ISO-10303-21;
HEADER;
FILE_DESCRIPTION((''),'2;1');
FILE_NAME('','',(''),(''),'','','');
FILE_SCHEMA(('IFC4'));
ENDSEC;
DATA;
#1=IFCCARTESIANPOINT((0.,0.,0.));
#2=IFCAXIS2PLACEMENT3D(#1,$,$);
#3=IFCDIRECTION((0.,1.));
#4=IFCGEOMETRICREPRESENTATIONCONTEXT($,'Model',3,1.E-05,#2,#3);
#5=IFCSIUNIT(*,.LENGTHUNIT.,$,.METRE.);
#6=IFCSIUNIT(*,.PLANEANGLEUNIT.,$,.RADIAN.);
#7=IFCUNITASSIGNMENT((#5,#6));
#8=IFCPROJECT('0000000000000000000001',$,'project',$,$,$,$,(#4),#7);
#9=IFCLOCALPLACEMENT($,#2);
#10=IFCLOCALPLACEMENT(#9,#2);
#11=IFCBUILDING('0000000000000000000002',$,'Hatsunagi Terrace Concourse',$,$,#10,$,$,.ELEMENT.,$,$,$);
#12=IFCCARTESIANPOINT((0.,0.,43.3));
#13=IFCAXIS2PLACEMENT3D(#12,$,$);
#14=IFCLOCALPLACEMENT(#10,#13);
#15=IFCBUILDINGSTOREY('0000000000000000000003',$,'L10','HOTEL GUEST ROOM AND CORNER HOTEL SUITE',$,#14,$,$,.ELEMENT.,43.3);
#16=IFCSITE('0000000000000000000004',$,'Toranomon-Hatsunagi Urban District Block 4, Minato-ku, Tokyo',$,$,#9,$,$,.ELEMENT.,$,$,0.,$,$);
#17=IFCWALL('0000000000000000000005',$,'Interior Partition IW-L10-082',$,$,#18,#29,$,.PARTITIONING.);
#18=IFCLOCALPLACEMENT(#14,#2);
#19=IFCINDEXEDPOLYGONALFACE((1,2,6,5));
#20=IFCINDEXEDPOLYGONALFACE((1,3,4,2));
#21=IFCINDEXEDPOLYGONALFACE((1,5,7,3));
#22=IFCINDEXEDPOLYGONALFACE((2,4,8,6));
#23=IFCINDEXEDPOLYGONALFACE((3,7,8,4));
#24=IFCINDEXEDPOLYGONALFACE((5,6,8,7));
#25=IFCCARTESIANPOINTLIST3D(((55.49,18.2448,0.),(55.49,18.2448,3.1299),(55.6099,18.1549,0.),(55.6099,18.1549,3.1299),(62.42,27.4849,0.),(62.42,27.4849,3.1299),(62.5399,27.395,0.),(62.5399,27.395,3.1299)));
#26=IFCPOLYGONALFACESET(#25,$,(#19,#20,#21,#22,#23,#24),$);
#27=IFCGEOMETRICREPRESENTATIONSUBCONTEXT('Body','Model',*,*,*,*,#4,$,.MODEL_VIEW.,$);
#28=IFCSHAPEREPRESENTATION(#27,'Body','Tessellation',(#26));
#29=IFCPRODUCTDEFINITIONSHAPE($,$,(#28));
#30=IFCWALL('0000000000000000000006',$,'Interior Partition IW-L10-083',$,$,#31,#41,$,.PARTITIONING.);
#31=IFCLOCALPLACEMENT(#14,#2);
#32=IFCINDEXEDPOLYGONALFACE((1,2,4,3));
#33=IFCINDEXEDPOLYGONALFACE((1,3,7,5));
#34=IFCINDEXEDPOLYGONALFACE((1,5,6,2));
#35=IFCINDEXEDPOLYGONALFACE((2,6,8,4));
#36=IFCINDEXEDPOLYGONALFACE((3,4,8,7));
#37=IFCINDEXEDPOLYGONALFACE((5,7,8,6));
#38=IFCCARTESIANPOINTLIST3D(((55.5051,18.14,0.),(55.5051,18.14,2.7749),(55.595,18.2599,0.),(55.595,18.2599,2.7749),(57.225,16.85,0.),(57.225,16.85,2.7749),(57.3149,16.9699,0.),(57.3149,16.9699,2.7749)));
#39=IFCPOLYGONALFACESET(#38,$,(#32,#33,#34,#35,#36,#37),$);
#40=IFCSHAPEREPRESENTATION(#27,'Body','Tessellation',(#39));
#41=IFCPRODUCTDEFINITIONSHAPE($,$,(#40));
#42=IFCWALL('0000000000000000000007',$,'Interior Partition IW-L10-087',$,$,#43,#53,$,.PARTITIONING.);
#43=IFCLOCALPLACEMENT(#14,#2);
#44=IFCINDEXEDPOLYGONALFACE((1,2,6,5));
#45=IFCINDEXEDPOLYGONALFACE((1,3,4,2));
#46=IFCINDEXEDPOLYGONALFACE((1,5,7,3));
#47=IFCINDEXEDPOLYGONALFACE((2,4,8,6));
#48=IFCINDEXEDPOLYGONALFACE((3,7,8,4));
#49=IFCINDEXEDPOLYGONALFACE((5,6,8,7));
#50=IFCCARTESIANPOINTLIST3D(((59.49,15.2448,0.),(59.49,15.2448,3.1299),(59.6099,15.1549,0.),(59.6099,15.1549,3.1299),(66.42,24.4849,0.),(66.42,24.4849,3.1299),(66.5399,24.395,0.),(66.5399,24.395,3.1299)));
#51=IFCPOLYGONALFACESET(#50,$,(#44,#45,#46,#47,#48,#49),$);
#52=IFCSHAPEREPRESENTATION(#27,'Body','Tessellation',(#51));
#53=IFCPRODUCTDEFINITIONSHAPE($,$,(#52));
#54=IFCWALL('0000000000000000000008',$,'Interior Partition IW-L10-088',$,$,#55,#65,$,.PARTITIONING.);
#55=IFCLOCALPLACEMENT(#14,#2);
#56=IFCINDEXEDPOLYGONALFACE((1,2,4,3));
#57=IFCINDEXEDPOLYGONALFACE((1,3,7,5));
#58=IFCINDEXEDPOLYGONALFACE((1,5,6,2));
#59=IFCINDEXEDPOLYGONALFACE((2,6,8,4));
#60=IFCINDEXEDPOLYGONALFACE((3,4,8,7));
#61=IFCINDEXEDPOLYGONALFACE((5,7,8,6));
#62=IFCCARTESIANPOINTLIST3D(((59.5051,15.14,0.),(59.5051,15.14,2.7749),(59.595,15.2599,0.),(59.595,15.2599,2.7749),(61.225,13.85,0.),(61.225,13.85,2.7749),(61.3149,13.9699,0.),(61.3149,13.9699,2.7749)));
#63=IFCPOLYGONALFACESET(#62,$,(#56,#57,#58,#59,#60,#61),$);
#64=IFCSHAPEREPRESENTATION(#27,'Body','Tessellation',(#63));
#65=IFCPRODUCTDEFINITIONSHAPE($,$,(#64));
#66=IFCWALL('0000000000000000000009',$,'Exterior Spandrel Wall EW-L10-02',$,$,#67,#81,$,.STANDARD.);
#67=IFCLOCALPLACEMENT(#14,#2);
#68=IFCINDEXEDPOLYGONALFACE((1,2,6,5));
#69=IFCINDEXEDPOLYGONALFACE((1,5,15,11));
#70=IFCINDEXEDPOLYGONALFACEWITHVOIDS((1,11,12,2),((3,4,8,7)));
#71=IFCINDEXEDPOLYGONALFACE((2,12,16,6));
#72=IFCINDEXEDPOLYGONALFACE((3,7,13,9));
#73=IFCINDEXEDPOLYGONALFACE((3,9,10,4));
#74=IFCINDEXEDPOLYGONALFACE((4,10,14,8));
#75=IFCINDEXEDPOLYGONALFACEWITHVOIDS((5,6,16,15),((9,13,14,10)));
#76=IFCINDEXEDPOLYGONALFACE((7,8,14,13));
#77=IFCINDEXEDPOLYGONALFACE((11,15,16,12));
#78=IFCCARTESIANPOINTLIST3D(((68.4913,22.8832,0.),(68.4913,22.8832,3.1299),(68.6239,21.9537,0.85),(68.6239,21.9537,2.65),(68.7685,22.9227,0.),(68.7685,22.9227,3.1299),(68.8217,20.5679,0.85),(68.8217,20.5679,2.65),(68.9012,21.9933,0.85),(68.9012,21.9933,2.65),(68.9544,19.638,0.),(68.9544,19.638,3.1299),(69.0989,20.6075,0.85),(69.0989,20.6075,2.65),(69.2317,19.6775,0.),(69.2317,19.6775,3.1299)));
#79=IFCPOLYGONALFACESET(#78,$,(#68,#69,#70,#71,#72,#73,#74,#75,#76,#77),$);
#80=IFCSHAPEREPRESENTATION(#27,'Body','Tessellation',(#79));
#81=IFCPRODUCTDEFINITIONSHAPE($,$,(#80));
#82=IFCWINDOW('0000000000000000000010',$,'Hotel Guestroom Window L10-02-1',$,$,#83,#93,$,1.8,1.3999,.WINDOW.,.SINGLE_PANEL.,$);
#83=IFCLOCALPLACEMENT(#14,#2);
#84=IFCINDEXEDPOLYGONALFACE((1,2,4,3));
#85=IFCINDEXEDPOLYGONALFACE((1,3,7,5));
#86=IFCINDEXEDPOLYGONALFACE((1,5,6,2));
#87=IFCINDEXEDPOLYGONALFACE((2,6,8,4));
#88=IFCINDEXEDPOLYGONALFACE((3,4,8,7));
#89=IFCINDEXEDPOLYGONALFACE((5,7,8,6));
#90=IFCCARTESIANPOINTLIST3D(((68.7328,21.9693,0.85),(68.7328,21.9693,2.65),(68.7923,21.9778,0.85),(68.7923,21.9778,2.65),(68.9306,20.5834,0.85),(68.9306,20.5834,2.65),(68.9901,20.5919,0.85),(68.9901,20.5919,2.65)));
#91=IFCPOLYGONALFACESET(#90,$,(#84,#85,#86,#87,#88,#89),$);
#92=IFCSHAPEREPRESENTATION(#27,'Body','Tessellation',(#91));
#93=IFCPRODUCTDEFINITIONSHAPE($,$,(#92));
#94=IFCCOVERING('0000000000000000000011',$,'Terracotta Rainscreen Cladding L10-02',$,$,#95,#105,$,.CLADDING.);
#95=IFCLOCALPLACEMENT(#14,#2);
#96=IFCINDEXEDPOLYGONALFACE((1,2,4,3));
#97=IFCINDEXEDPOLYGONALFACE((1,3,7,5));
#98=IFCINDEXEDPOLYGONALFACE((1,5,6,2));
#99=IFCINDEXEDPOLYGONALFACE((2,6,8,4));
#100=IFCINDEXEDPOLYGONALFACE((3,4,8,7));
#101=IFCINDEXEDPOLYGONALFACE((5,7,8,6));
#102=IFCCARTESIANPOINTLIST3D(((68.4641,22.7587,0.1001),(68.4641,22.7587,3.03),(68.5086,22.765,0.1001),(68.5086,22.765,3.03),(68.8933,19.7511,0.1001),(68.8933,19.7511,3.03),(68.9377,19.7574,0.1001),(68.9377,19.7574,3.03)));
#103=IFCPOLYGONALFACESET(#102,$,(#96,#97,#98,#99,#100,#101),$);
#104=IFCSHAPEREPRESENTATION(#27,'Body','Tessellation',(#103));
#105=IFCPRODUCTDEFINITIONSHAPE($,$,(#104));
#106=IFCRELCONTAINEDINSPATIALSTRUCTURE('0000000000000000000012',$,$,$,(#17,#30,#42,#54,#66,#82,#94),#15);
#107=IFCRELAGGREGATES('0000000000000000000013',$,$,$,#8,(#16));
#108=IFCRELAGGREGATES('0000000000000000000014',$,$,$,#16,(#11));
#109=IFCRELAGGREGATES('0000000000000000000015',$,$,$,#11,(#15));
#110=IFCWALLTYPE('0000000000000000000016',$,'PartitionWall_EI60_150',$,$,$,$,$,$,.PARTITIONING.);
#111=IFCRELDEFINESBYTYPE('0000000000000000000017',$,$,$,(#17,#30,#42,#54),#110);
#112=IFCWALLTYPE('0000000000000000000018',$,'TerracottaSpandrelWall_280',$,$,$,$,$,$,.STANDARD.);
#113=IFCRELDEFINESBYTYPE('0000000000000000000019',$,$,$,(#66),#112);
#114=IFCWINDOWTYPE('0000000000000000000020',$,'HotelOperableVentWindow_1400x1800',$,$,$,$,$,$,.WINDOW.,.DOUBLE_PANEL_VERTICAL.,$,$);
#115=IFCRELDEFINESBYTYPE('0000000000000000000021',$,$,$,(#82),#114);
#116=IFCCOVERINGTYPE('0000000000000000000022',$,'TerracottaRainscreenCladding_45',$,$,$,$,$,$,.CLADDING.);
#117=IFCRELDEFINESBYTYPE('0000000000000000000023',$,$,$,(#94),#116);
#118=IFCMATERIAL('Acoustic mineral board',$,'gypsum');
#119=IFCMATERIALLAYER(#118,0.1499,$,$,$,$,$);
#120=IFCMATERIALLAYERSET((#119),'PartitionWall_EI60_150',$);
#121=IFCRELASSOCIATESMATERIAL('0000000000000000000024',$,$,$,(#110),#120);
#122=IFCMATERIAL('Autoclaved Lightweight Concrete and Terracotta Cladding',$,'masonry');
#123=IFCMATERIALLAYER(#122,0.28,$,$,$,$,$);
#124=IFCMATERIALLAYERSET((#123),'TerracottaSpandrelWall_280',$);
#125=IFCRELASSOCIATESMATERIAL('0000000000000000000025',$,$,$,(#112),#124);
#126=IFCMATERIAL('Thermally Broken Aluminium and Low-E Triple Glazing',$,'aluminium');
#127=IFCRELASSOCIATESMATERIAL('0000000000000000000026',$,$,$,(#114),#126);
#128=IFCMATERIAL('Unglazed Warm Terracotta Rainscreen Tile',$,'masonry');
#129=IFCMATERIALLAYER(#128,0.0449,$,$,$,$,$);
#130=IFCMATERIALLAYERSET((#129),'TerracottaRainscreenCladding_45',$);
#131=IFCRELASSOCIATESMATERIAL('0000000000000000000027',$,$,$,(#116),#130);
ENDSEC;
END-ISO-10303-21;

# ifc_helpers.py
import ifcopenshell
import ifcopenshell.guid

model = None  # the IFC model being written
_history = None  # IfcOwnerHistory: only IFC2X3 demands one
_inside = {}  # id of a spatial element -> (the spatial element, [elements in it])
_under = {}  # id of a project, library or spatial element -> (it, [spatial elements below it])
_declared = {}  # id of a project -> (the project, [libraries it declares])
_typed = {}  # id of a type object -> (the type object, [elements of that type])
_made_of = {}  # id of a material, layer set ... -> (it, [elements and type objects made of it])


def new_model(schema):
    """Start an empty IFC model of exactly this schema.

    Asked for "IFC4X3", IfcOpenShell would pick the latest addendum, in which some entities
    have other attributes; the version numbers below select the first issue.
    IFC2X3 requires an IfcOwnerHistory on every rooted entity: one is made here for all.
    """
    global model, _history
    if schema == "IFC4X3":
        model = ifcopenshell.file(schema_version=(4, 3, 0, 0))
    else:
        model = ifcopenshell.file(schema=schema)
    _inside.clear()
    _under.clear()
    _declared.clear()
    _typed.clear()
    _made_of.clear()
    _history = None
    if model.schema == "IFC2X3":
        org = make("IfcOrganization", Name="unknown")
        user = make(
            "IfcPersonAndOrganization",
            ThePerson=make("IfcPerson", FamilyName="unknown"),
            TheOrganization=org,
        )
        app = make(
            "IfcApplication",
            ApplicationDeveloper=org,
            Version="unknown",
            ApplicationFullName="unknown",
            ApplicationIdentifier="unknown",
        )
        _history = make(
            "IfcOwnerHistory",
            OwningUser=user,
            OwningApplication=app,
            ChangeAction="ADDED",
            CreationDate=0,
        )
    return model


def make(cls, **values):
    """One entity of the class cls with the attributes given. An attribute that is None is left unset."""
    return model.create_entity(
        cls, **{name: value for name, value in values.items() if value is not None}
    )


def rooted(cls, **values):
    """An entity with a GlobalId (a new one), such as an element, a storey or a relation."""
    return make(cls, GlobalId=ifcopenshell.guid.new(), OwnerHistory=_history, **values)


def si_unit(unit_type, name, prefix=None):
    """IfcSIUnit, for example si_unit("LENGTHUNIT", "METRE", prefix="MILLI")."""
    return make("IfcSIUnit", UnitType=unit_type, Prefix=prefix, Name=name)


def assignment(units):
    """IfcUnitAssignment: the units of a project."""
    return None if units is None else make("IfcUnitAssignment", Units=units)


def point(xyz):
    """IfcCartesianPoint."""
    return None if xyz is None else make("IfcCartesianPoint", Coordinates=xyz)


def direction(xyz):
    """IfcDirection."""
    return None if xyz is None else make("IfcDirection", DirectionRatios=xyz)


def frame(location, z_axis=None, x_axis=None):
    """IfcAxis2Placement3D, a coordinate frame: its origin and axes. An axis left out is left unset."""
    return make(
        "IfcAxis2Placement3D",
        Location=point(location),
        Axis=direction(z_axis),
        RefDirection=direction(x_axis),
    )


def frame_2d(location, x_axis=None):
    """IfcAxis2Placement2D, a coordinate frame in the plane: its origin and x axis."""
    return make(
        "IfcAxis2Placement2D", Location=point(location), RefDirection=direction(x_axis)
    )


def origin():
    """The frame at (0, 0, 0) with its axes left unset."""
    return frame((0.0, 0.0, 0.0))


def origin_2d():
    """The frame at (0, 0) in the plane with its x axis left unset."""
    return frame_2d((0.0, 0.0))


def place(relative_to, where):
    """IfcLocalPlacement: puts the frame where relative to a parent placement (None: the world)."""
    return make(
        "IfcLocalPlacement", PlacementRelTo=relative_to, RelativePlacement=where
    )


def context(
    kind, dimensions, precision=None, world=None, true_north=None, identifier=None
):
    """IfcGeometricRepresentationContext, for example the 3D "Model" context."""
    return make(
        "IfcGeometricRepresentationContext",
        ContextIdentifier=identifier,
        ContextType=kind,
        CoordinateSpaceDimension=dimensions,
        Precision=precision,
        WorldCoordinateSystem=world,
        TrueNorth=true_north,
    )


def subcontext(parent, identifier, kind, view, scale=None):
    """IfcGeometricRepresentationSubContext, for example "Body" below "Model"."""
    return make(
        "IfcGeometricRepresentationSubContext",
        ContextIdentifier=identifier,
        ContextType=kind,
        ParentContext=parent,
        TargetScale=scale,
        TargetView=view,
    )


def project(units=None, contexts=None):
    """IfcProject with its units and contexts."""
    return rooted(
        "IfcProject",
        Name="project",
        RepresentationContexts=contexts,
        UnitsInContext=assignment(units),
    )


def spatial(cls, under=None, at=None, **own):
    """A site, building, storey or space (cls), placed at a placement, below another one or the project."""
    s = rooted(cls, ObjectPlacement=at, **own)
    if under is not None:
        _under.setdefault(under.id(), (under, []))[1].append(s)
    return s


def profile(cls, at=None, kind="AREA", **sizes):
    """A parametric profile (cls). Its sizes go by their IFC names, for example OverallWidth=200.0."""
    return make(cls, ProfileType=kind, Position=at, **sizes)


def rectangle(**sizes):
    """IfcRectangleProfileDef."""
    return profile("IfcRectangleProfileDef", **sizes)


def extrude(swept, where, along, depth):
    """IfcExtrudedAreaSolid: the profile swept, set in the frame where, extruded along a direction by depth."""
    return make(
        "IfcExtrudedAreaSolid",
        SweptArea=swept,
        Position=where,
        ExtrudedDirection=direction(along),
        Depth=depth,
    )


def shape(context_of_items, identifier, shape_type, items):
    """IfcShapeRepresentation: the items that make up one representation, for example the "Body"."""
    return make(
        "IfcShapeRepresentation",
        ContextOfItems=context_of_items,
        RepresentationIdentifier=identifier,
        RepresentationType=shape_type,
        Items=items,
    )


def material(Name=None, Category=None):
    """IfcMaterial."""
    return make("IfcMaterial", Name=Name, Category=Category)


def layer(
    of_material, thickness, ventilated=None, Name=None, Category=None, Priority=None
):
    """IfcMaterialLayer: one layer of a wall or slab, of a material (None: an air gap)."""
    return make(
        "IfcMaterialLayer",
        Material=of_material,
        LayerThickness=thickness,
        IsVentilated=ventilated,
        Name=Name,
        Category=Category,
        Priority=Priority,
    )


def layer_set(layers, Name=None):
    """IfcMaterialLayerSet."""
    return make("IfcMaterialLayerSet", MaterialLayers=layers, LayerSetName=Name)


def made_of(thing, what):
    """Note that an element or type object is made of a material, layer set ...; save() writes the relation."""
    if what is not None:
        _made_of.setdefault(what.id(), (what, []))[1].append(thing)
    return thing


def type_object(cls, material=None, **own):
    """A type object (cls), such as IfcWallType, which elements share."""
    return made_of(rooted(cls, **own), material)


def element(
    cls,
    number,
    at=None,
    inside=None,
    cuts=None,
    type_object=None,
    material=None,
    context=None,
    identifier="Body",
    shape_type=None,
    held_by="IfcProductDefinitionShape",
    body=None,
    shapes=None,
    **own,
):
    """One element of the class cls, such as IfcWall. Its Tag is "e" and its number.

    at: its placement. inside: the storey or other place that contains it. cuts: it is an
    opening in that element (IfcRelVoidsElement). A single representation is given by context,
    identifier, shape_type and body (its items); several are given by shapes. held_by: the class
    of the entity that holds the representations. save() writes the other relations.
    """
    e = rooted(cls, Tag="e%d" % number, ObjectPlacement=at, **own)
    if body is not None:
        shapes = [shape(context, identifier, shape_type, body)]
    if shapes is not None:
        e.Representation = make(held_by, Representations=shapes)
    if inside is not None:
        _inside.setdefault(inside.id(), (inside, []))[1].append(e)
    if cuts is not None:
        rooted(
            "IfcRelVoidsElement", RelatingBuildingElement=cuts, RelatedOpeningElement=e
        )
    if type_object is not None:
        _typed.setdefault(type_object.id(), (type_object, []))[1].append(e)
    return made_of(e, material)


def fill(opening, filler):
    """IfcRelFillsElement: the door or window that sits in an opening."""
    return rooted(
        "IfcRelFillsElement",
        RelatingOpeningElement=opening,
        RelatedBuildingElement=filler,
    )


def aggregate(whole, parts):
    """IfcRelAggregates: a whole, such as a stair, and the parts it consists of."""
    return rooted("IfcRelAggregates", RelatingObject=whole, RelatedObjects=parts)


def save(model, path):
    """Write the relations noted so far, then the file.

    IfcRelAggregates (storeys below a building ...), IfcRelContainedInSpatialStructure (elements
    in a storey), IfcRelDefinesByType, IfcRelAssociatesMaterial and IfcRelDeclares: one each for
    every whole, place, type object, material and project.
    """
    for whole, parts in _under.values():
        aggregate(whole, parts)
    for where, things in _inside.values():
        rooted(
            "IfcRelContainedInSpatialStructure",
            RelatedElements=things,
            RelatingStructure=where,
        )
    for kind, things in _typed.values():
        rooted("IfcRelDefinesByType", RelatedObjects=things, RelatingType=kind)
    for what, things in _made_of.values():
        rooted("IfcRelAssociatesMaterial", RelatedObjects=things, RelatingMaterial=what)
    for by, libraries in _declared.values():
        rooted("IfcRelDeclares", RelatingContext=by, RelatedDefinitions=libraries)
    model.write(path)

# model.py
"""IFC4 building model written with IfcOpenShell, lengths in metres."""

from ifc_helpers import new_model, si_unit, direction, frame, frame_2d, origin, origin_2d, place, context, subcontext, project, spatial, rectangle, extrude, material, layer, layer_set, type_object, element, fill, save


model = new_model("IFC4")

# Units and contexts
model_context = context("Model", 3, precision=1e-05, world=origin(), true_north=direction((0.0, 1.0)))
body_context = subcontext(model_context, "Body", "Model", "MODEL_VIEW")
ifc_project = project(units=[si_unit("LENGTHUNIT", "METRE"), si_unit("PLANEANGLEUNIT", "RADIAN")], contexts=[model_context])

# Site, building, storey
site_placement = place(None, origin())
site = spatial("IfcSite", under=ifc_project, at=site_placement, Name="Toranomon-Hatsunagi Urban District Block 4, Minato-ku, Tokyo", CompositionType="ELEMENT", RefElevation=0.0)
building_placement = place(site_placement, origin())
building = spatial("IfcBuilding", under=site, at=building_placement, Name="Hatsunagi Terrace Concourse", CompositionType="ELEMENT")
storey_placement = place(building_placement, frame((0.0, 0.0, 43.3)))
storey = spatial("IfcBuildingStorey", under=building, at=storey_placement, Name="L10", Description="HOTEL GUEST ROOM AND CORNER HOTEL SUITE", CompositionType="ELEMENT", Elevation=43.3)

# Walls
ifc_material_1 = material(Name="Acoustic mineral board", Category="gypsum")
ifc_layer_1 = layer(ifc_material_1, 0.1499)
ifc_layer_set_1 = layer_set([ifc_layer_1], Name="PartitionWall_EI60_150")
wall_type_1 = type_object("IfcWallType", Name="PartitionWall_EI60_150", PredefinedType="PARTITIONING", material=ifc_layer_set_1)
wall_1_placement = place(storey_placement, frame((55.55, 18.2, 0.0), z_axis=(0.0, 0.0, 1.0), x_axis=(0.599997, 0.800003, 0.0)))
element("IfcWall", 1, at=wall_1_placement, inside=storey, type_object=wall_type_1, Name="Interior Partition IW-L10-082", PredefinedType="PARTITIONING", context=body_context, shape_type="SweptSolid", body=[
    extrude(rectangle(XDim=11.55, YDim=0.1499, at=frame_2d((5.7749, 0.0))), origin(), (0.0, 0.0, 1.0), 3.1299),
])
wall_2_placement = place(storey_placement, frame((55.55, 18.2, 0.0), z_axis=(0.0, 0.0, 1.0), x_axis=(0.799986, -0.600018, 0.0)))
element("IfcWall", 2, at=wall_2_placement, inside=storey, type_object=wall_type_1, Name="Interior Partition IW-L10-083", PredefinedType="PARTITIONING", context=body_context, shape_type="SweptSolid", body=[
    extrude(rectangle(XDim=2.1499, YDim=0.1499, at=frame_2d((1.075, 0.0))), origin(), (0.0, 0.0, 1.0), 2.7749),
])

# Walls
wall_3_placement = place(storey_placement, frame((59.55, 15.2, 0.0), z_axis=(0.0, 0.0, 1.0), x_axis=(0.599997, 0.800003, 0.0)))
element("IfcWall", 3, at=wall_3_placement, inside=storey, type_object=wall_type_1, Name="Interior Partition IW-L10-087", PredefinedType="PARTITIONING", context=body_context, shape_type="SweptSolid", body=[
    extrude(rectangle(XDim=11.55, YDim=0.1499, at=frame_2d((5.7749, 0.0))), origin(), (0.0, 0.0, 1.0), 3.1299),
])
wall_4_placement = place(storey_placement, frame((59.55, 15.2, 0.0), z_axis=(0.0, 0.0, 1.0), x_axis=(0.799986, -0.600018, 0.0)))
element("IfcWall", 4, at=wall_4_placement, inside=storey, type_object=wall_type_1, Name="Interior Partition IW-L10-088", PredefinedType="PARTITIONING", context=body_context, shape_type="SweptSolid", body=[
    extrude(rectangle(XDim=2.1499, YDim=0.1499, at=frame_2d((1.075, 0.0))), origin(), (0.0, 0.0, 1.0), 2.7749),
])

# Wall, opening, window
ifc_material_2 = material(Name="Autoclaved Lightweight Concrete and Terracotta Cladding", Category="masonry")
ifc_layer_2 = layer(ifc_material_2, 0.28)
ifc_layer_set_2 = layer_set([ifc_layer_2], Name="TerracottaSpandrelWall_280")
wall_type_2 = type_object("IfcWallType", Name="TerracottaSpandrelWall_280", PredefinedType="STANDARD", material=ifc_layer_set_2)
wall_5_placement = place(storey_placement, frame((68.6299, 22.9031, 0.0), z_axis=(0.0, 0.0, 1.0), x_axis=(0.141286, -0.989969, 0.0)))
wall_5 = element("IfcWall", 5, at=wall_5_placement, inside=storey, type_object=wall_type_2, Name="Exterior Spandrel Wall EW-L10-02", PredefinedType="STANDARD", context=body_context, shape_type="SweptSolid", body=[
    extrude(rectangle(XDim=3.2781, YDim=0.28, at=frame_2d((1.6392, 0.0))), origin(), (0.0, 0.0, 1.0), 3.1299),
])
opening_1_placement = place(wall_5_placement, frame((0.939, 0.0, 0.8501)))
opening_1 = element("IfcOpeningElement", 6, at=opening_1_placement, cuts=wall_5, PredefinedType="OPENING", context=body_context, shape_type="SweptSolid", body=[
    extrude(rectangle(XDim=1.3999, YDim=1.8, at=frame_2d((0.7, 0.8999))), frame((0.0, 0.1499, 0.0), z_axis=(0.0, -1.0, 0.0), x_axis=(1.0, 0.0, 0.0)), (0.0, 0.0, 1.0), 0.3),
])
ifc_material_3 = material(Name="Thermally Broken Aluminium and Low-E Triple Glazing", Category="aluminium")
window_type = type_object("IfcWindowType", Name="HotelOperableVentWindow_1400x1800", PartitioningType="DOUBLE_PANEL_VERTICAL", PredefinedType="WINDOW", material=ifc_material_3)
window_placement = place(opening_1_placement, origin())
window = element("IfcWindow", 7, at=window_placement, inside=storey, type_object=window_type, Name="Hotel Guestroom Window L10-02-1", OverallHeight=1.8, OverallWidth=1.3999, PartitioningType="SINGLE_PANEL", PredefinedType="WINDOW", context=body_context, shape_type="SweptSolid", body=[
    extrude(rectangle(XDim=1.3999, YDim=1.8, at=frame_2d((0.7, 0.8999))), frame((0.0, 0.03, 0.0), z_axis=(0.0, -1.0, 0.0), x_axis=(1.0, 0.0, 0.0)), (0.0, 0.0, 1.0), 0.0601),
])
fill(opening_1, window)

# Covering
ifc_material_4 = material(Name="Unglazed Warm Terracotta Rainscreen Tile", Category="masonry")
ifc_layer_3 = layer(ifc_material_4, 0.0449)
ifc_layer_set_3 = layer_set([ifc_layer_3], Name="TerracottaRainscreenCladding_45")
covering_type = type_object("IfcCoveringType", Name="TerracottaRainscreenCladding_45", PredefinedType="CLADDING", material=ifc_layer_set_3)
covering_placement = place(storey_placement, frame((68.7009, 21.2581, 0.1001), z_axis=(0.0, 0.0, 1.0), x_axis=(0.14125, -0.989974, 0.0)))
element("IfcCovering", 8, at=covering_placement, inside=storey, type_object=covering_type, Name="Terracotta Rainscreen Cladding L10-02", PredefinedType="CLADDING", context=body_context, shape_type="SweptSolid", body=[
    extrude(rectangle(XDim=3.0381, YDim=0.0449, at=origin_2d()), origin(), (0.0, 0.0, 1.0), 2.9299),
])

save(model, "model.ifc")
